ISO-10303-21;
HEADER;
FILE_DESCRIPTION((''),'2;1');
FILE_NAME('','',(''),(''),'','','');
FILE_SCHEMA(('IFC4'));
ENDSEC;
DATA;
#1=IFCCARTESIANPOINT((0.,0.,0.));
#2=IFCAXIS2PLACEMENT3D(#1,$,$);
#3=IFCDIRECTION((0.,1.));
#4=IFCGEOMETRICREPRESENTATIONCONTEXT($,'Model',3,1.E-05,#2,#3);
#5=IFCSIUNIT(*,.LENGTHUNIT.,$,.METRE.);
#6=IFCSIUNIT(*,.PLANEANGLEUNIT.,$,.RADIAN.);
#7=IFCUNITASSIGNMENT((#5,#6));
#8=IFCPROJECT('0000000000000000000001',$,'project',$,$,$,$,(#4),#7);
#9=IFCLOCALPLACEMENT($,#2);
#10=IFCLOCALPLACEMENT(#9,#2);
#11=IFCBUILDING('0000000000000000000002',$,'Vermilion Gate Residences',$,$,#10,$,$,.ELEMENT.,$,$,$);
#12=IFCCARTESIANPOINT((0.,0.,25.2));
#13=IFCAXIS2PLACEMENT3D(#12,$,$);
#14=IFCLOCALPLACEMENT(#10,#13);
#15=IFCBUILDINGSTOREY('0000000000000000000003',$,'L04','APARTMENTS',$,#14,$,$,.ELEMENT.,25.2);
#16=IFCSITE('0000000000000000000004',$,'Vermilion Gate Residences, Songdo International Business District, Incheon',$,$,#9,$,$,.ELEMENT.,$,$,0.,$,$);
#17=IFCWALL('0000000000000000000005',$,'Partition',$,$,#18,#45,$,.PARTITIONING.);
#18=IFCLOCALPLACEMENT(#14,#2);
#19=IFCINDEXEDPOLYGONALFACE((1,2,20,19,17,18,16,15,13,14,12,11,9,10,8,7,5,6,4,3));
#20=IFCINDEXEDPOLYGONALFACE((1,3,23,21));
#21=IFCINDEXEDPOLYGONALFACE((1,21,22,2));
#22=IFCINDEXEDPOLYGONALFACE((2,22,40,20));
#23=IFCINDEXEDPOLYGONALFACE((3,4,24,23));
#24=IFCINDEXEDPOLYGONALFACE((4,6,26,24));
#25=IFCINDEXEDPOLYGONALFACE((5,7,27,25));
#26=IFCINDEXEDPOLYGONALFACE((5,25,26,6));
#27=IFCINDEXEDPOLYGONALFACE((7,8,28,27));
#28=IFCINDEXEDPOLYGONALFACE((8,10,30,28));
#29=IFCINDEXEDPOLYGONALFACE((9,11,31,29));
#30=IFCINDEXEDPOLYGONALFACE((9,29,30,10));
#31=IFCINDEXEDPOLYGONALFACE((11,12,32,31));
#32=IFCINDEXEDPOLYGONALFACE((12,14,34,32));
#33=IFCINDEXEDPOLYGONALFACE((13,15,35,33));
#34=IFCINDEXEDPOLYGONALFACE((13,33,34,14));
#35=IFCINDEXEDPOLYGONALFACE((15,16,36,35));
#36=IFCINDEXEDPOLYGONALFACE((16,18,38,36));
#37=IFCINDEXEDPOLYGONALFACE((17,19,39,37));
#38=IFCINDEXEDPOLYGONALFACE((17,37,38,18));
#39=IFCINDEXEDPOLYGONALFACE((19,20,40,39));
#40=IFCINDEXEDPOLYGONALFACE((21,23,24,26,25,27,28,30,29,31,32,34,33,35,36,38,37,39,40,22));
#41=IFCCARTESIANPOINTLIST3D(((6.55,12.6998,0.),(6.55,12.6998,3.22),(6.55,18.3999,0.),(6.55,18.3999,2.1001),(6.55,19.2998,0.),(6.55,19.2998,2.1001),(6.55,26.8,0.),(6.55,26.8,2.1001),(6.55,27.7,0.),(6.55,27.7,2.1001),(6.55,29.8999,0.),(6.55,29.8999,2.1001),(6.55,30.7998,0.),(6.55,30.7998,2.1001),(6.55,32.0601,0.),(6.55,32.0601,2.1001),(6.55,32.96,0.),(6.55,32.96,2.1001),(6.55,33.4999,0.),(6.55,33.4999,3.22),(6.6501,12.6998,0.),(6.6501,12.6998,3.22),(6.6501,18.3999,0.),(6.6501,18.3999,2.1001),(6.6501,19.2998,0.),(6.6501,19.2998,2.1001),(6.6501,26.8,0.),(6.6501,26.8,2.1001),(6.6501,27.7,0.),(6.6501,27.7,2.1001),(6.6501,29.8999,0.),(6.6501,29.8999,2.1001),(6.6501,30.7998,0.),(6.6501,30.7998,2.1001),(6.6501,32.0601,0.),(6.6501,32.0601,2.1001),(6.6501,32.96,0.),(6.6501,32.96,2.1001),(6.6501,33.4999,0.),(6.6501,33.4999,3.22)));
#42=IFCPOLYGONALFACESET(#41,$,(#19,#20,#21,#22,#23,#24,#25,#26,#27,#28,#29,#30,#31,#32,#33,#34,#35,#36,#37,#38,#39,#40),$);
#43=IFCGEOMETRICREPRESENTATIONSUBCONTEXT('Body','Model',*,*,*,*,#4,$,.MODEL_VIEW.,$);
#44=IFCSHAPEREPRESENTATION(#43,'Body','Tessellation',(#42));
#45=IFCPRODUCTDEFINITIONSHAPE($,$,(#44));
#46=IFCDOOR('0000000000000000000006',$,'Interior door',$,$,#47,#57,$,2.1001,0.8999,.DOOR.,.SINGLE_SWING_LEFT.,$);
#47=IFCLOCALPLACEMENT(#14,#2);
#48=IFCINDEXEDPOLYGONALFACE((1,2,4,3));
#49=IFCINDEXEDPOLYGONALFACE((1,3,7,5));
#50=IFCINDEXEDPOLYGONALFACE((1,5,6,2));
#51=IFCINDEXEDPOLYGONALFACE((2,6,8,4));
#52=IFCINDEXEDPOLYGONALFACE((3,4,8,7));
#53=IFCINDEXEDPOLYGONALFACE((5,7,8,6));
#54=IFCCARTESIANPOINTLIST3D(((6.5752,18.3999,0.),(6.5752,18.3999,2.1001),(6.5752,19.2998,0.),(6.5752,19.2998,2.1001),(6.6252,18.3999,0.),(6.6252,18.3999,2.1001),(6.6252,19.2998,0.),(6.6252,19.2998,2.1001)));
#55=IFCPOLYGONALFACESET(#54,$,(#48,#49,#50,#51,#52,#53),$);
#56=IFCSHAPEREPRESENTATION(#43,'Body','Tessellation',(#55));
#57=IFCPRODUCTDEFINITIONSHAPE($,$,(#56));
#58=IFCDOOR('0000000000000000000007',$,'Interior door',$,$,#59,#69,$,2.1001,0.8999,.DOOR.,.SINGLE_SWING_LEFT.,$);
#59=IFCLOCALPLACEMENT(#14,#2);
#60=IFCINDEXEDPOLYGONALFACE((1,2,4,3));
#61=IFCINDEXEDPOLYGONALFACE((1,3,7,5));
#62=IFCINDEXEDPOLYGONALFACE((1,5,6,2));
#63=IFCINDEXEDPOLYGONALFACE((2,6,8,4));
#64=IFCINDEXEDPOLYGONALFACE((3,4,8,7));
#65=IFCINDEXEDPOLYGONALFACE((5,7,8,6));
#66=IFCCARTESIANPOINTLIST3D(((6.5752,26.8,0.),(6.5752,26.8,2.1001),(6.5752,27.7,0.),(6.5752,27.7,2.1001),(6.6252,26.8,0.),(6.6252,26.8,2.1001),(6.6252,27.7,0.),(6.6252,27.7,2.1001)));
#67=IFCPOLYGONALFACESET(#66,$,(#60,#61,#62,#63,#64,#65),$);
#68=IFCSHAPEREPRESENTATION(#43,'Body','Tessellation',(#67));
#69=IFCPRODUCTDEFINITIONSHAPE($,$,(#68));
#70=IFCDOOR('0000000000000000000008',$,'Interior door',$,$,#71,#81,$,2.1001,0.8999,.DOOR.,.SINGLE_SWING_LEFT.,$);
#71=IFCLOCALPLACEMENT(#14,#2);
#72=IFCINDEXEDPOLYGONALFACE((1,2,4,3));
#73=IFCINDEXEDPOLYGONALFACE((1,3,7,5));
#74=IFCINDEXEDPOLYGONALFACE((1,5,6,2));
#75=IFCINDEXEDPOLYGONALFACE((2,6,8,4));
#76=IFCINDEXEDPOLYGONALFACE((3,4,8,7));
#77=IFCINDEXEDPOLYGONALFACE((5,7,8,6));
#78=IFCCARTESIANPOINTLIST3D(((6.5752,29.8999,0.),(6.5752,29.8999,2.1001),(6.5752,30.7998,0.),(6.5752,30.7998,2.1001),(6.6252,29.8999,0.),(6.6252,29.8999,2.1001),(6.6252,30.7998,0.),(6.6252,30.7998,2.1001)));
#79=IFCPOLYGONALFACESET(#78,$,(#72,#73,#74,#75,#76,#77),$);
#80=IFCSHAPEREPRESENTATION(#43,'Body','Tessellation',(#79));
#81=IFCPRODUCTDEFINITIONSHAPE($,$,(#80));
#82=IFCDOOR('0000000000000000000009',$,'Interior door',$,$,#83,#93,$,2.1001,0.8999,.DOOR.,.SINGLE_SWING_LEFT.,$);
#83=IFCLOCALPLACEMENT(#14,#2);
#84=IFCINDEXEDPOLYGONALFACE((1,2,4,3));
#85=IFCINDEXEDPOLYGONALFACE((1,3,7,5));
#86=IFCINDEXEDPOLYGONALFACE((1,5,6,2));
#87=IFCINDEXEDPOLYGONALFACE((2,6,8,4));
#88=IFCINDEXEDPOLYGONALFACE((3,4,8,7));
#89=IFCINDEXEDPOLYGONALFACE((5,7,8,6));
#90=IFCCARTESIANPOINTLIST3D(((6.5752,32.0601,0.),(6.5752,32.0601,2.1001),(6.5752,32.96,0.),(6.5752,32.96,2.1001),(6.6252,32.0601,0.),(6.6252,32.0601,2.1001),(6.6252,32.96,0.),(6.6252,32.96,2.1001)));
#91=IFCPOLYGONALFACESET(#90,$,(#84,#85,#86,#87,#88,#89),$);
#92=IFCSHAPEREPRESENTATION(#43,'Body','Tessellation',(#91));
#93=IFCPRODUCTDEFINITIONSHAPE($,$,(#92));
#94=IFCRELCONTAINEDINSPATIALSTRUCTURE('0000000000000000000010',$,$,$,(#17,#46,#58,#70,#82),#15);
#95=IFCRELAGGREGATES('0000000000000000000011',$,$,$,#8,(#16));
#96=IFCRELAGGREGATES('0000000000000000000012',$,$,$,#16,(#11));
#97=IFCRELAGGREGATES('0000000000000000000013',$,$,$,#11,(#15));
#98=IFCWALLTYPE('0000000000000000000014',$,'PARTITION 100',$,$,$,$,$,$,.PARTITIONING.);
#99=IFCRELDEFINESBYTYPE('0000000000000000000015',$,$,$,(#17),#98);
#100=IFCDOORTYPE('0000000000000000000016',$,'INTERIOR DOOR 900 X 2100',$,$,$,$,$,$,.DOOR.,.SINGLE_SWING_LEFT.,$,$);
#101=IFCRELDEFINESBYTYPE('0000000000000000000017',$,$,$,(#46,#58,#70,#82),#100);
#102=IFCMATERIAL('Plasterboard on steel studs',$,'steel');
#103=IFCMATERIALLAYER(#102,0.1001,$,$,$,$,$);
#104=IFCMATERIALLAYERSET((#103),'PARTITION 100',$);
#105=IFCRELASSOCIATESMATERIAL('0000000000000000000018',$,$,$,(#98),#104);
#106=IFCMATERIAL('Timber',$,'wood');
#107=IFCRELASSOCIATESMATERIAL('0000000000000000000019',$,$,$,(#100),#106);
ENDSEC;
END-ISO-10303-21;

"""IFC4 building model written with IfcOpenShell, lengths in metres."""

from ifc_helpers import new_model, si_unit, direction, frame, frame_2d, origin, place, context, subcontext, project, spatial, rectangle, extrude, material, layer, layer_set, type_object, element, fill, save


model = new_model("IFC4")

# Units and contexts
model_context = context("Model", 3, precision=1e-05, world=origin(), true_north=direction((0.0, 1.0)))
body_context = subcontext(model_context, "Body", "Model", "MODEL_VIEW")
ifc_project = project(units=[si_unit("LENGTHUNIT", "METRE"), si_unit("PLANEANGLEUNIT", "RADIAN")], contexts=[model_context])

# Site, building, storey
site_placement = place(None, origin())
site = spatial("IfcSite", under=ifc_project, at=site_placement, Name="Vermilion Gate Residences, Songdo International Business District, Incheon", CompositionType="ELEMENT", RefElevation=0.0)
building_placement = place(site_placement, origin())
building = spatial("IfcBuilding", under=site, at=building_placement, Name="Vermilion Gate Residences", CompositionType="ELEMENT")
storey_placement = place(building_placement, frame((0.0, 0.0, 25.2)))
storey = spatial("IfcBuildingStorey", under=building, at=storey_placement, Name="L04", Description="APARTMENTS", CompositionType="ELEMENT", Elevation=25.2)

# Wall, openings, doors
ifc_material_1 = material(Name="Plasterboard on steel studs", Category="steel")
ifc_layer_1 = layer(ifc_material_1, 0.1001)
ifc_layer_set_1 = layer_set([ifc_layer_1], Name="PARTITION 100")
wall_type_1 = type_object("IfcWallType", Name="PARTITION 100", PredefinedType="PARTITIONING", material=ifc_layer_set_1)
wall_1_placement = place(storey_placement, frame((6.6001, 12.7, 0.0), z_axis=(0.0, 0.0, 1.0), x_axis=(0.0, 1.0, 0.0)))
wall_1 = element("IfcWall", 1, at=wall_1_placement, inside=storey, type_object=wall_type_1, Name="Partition", PredefinedType="PARTITIONING", context=body_context, shape_type="SweptSolid", body=[
    extrude(rectangle(XDim=20.8, YDim=0.1001, at=frame_2d((10.3999, 0.0))), origin(), (0.0, 0.0, 1.0), 3.22),
])
opening_1_placement = place(wall_1_placement, frame((5.7, 0.0, 0.0)))
opening_1 = element("IfcOpeningElement", 2, at=opening_1_placement, cuts=wall_1, PredefinedType="OPENING", context=body_context, shape_type="SweptSolid", body=[
    extrude(rectangle(XDim=0.8999, YDim=2.1001, at=frame_2d((0.45, 1.05))), frame((0.0, 0.0601, 0.0), z_axis=(0.0, -1.0, 0.0), x_axis=(1.0, 0.0, 0.0)), (0.0, 0.0, 1.0), 0.1201),
])
opening_2_placement = place(wall_1_placement, frame((14.1001, 0.0, 0.0)))
opening_2 = element("IfcOpeningElement", 3, at=opening_2_placement, cuts=wall_1, PredefinedType="OPENING", context=body_context, shape_type="SweptSolid", body=[
    extrude(rectangle(XDim=0.8999, YDim=2.1001, at=frame_2d((0.45, 1.05))), frame((0.0, 0.0601, 0.0), z_axis=(0.0, -1.0, 0.0), x_axis=(1.0, 0.0, 0.0)), (0.0, 0.0, 1.0), 0.1201),
])
opening_3_placement = place(wall_1_placement, frame((17.2, 0.0, 0.0)))
opening_3 = element("IfcOpeningElement", 4, at=opening_3_placement, cuts=wall_1, PredefinedType="OPENING", context=body_context, shape_type="SweptSolid", body=[
    extrude(rectangle(XDim=0.8999, YDim=2.1001, at=frame_2d((0.45, 1.05))), frame((0.0, 0.0601, 0.0), z_axis=(0.0, -1.0, 0.0), x_axis=(1.0, 0.0, 0.0)), (0.0, 0.0, 1.0), 0.1201),
])
opening_4_placement = place(wall_1_placement, frame((19.3601, 0.0, 0.0)))
opening_4 = element("IfcOpeningElement", 5, at=opening_4_placement, cuts=wall_1, PredefinedType="OPENING", context=body_context, shape_type="SweptSolid", body=[
    extrude(rectangle(XDim=0.8999, YDim=2.1001, at=frame_2d((0.45, 1.05))), frame((0.0, 0.0601, 0.0), z_axis=(0.0, -1.0, 0.0), x_axis=(1.0, 0.0, 0.0)), (0.0, 0.0, 1.0), 0.1201),
])
ifc_material_2 = material(Name="Timber", Category="wood")
door_type_1 = type_object("IfcDoorType", Name="INTERIOR DOOR 900 X 2100", OperationType="SINGLE_SWING_LEFT", PredefinedType="DOOR", material=ifc_material_2)
door_1_placement = place(opening_1_placement, origin())
door_1 = element("IfcDoor", 6, at=door_1_placement, inside=storey, type_object=door_type_1, Name="Interior door", OperationType="SINGLE_SWING_LEFT", OverallHeight=2.1001, OverallWidth=0.8999, PredefinedType="DOOR", context=body_context, shape_type="SweptSolid", body=[
    extrude(rectangle(XDim=0.8999, YDim=2.1001, at=frame_2d((0.45, 1.05))), frame((0.0, 0.0249, 0.0), z_axis=(0.0, -1.0, 0.0), x_axis=(1.0, 0.0, 0.0)), (0.0, 0.0, 1.0), 0.05),
])
fill(opening_1, door_1)
door_2_placement = place(opening_2_placement, origin())
door_2 = element("IfcDoor", 7, at=door_2_placement, inside=storey, type_object=door_type_1, Name="Interior door", OperationType="SINGLE_SWING_LEFT", OverallHeight=2.1001, OverallWidth=0.8999, PredefinedType="DOOR", context=body_context, shape_type="SweptSolid", body=[
    extrude(rectangle(XDim=0.8999, YDim=2.1001, at=frame_2d((0.45, 1.05))), frame((0.0, 0.0249, 0.0), z_axis=(0.0, -1.0, 0.0), x_axis=(1.0, 0.0, 0.0)), (0.0, 0.0, 1.0), 0.05),
])
fill(opening_2, door_2)
door_3_placement = place(opening_3_placement, origin())
door_3 = element("IfcDoor", 8, at=door_3_placement, inside=storey, type_object=door_type_1, Name="Interior door", OperationType="SINGLE_SWING_LEFT", OverallHeight=2.1001, OverallWidth=0.8999, PredefinedType="DOOR", context=body_context, shape_type="SweptSolid", body=[
    extrude(rectangle(XDim=0.8999, YDim=2.1001, at=frame_2d((0.45, 1.05))), frame((0.0, 0.0249, 0.0), z_axis=(0.0, -1.0, 0.0), x_axis=(1.0, 0.0, 0.0)), (0.0, 0.0, 1.0), 0.05),
])
fill(opening_3, door_3)
door_4_placement = place(opening_4_placement, origin())
door_4 = element("IfcDoor", 9, at=door_4_placement, inside=storey, type_object=door_type_1, Name="Interior door", OperationType="SINGLE_SWING_LEFT", OverallHeight=2.1001, OverallWidth=0.8999, PredefinedType="DOOR", context=body_context, shape_type="SweptSolid", body=[
    extrude(rectangle(XDim=0.8999, YDim=2.1001, at=frame_2d((0.45, 1.05))), frame((0.0, 0.0249, 0.0), z_axis=(0.0, -1.0, 0.0), x_axis=(1.0, 0.0, 0.0)), (0.0, 0.0, 1.0), 0.05),
])
fill(opening_4, door_4)

save(model, "model.ifc")
